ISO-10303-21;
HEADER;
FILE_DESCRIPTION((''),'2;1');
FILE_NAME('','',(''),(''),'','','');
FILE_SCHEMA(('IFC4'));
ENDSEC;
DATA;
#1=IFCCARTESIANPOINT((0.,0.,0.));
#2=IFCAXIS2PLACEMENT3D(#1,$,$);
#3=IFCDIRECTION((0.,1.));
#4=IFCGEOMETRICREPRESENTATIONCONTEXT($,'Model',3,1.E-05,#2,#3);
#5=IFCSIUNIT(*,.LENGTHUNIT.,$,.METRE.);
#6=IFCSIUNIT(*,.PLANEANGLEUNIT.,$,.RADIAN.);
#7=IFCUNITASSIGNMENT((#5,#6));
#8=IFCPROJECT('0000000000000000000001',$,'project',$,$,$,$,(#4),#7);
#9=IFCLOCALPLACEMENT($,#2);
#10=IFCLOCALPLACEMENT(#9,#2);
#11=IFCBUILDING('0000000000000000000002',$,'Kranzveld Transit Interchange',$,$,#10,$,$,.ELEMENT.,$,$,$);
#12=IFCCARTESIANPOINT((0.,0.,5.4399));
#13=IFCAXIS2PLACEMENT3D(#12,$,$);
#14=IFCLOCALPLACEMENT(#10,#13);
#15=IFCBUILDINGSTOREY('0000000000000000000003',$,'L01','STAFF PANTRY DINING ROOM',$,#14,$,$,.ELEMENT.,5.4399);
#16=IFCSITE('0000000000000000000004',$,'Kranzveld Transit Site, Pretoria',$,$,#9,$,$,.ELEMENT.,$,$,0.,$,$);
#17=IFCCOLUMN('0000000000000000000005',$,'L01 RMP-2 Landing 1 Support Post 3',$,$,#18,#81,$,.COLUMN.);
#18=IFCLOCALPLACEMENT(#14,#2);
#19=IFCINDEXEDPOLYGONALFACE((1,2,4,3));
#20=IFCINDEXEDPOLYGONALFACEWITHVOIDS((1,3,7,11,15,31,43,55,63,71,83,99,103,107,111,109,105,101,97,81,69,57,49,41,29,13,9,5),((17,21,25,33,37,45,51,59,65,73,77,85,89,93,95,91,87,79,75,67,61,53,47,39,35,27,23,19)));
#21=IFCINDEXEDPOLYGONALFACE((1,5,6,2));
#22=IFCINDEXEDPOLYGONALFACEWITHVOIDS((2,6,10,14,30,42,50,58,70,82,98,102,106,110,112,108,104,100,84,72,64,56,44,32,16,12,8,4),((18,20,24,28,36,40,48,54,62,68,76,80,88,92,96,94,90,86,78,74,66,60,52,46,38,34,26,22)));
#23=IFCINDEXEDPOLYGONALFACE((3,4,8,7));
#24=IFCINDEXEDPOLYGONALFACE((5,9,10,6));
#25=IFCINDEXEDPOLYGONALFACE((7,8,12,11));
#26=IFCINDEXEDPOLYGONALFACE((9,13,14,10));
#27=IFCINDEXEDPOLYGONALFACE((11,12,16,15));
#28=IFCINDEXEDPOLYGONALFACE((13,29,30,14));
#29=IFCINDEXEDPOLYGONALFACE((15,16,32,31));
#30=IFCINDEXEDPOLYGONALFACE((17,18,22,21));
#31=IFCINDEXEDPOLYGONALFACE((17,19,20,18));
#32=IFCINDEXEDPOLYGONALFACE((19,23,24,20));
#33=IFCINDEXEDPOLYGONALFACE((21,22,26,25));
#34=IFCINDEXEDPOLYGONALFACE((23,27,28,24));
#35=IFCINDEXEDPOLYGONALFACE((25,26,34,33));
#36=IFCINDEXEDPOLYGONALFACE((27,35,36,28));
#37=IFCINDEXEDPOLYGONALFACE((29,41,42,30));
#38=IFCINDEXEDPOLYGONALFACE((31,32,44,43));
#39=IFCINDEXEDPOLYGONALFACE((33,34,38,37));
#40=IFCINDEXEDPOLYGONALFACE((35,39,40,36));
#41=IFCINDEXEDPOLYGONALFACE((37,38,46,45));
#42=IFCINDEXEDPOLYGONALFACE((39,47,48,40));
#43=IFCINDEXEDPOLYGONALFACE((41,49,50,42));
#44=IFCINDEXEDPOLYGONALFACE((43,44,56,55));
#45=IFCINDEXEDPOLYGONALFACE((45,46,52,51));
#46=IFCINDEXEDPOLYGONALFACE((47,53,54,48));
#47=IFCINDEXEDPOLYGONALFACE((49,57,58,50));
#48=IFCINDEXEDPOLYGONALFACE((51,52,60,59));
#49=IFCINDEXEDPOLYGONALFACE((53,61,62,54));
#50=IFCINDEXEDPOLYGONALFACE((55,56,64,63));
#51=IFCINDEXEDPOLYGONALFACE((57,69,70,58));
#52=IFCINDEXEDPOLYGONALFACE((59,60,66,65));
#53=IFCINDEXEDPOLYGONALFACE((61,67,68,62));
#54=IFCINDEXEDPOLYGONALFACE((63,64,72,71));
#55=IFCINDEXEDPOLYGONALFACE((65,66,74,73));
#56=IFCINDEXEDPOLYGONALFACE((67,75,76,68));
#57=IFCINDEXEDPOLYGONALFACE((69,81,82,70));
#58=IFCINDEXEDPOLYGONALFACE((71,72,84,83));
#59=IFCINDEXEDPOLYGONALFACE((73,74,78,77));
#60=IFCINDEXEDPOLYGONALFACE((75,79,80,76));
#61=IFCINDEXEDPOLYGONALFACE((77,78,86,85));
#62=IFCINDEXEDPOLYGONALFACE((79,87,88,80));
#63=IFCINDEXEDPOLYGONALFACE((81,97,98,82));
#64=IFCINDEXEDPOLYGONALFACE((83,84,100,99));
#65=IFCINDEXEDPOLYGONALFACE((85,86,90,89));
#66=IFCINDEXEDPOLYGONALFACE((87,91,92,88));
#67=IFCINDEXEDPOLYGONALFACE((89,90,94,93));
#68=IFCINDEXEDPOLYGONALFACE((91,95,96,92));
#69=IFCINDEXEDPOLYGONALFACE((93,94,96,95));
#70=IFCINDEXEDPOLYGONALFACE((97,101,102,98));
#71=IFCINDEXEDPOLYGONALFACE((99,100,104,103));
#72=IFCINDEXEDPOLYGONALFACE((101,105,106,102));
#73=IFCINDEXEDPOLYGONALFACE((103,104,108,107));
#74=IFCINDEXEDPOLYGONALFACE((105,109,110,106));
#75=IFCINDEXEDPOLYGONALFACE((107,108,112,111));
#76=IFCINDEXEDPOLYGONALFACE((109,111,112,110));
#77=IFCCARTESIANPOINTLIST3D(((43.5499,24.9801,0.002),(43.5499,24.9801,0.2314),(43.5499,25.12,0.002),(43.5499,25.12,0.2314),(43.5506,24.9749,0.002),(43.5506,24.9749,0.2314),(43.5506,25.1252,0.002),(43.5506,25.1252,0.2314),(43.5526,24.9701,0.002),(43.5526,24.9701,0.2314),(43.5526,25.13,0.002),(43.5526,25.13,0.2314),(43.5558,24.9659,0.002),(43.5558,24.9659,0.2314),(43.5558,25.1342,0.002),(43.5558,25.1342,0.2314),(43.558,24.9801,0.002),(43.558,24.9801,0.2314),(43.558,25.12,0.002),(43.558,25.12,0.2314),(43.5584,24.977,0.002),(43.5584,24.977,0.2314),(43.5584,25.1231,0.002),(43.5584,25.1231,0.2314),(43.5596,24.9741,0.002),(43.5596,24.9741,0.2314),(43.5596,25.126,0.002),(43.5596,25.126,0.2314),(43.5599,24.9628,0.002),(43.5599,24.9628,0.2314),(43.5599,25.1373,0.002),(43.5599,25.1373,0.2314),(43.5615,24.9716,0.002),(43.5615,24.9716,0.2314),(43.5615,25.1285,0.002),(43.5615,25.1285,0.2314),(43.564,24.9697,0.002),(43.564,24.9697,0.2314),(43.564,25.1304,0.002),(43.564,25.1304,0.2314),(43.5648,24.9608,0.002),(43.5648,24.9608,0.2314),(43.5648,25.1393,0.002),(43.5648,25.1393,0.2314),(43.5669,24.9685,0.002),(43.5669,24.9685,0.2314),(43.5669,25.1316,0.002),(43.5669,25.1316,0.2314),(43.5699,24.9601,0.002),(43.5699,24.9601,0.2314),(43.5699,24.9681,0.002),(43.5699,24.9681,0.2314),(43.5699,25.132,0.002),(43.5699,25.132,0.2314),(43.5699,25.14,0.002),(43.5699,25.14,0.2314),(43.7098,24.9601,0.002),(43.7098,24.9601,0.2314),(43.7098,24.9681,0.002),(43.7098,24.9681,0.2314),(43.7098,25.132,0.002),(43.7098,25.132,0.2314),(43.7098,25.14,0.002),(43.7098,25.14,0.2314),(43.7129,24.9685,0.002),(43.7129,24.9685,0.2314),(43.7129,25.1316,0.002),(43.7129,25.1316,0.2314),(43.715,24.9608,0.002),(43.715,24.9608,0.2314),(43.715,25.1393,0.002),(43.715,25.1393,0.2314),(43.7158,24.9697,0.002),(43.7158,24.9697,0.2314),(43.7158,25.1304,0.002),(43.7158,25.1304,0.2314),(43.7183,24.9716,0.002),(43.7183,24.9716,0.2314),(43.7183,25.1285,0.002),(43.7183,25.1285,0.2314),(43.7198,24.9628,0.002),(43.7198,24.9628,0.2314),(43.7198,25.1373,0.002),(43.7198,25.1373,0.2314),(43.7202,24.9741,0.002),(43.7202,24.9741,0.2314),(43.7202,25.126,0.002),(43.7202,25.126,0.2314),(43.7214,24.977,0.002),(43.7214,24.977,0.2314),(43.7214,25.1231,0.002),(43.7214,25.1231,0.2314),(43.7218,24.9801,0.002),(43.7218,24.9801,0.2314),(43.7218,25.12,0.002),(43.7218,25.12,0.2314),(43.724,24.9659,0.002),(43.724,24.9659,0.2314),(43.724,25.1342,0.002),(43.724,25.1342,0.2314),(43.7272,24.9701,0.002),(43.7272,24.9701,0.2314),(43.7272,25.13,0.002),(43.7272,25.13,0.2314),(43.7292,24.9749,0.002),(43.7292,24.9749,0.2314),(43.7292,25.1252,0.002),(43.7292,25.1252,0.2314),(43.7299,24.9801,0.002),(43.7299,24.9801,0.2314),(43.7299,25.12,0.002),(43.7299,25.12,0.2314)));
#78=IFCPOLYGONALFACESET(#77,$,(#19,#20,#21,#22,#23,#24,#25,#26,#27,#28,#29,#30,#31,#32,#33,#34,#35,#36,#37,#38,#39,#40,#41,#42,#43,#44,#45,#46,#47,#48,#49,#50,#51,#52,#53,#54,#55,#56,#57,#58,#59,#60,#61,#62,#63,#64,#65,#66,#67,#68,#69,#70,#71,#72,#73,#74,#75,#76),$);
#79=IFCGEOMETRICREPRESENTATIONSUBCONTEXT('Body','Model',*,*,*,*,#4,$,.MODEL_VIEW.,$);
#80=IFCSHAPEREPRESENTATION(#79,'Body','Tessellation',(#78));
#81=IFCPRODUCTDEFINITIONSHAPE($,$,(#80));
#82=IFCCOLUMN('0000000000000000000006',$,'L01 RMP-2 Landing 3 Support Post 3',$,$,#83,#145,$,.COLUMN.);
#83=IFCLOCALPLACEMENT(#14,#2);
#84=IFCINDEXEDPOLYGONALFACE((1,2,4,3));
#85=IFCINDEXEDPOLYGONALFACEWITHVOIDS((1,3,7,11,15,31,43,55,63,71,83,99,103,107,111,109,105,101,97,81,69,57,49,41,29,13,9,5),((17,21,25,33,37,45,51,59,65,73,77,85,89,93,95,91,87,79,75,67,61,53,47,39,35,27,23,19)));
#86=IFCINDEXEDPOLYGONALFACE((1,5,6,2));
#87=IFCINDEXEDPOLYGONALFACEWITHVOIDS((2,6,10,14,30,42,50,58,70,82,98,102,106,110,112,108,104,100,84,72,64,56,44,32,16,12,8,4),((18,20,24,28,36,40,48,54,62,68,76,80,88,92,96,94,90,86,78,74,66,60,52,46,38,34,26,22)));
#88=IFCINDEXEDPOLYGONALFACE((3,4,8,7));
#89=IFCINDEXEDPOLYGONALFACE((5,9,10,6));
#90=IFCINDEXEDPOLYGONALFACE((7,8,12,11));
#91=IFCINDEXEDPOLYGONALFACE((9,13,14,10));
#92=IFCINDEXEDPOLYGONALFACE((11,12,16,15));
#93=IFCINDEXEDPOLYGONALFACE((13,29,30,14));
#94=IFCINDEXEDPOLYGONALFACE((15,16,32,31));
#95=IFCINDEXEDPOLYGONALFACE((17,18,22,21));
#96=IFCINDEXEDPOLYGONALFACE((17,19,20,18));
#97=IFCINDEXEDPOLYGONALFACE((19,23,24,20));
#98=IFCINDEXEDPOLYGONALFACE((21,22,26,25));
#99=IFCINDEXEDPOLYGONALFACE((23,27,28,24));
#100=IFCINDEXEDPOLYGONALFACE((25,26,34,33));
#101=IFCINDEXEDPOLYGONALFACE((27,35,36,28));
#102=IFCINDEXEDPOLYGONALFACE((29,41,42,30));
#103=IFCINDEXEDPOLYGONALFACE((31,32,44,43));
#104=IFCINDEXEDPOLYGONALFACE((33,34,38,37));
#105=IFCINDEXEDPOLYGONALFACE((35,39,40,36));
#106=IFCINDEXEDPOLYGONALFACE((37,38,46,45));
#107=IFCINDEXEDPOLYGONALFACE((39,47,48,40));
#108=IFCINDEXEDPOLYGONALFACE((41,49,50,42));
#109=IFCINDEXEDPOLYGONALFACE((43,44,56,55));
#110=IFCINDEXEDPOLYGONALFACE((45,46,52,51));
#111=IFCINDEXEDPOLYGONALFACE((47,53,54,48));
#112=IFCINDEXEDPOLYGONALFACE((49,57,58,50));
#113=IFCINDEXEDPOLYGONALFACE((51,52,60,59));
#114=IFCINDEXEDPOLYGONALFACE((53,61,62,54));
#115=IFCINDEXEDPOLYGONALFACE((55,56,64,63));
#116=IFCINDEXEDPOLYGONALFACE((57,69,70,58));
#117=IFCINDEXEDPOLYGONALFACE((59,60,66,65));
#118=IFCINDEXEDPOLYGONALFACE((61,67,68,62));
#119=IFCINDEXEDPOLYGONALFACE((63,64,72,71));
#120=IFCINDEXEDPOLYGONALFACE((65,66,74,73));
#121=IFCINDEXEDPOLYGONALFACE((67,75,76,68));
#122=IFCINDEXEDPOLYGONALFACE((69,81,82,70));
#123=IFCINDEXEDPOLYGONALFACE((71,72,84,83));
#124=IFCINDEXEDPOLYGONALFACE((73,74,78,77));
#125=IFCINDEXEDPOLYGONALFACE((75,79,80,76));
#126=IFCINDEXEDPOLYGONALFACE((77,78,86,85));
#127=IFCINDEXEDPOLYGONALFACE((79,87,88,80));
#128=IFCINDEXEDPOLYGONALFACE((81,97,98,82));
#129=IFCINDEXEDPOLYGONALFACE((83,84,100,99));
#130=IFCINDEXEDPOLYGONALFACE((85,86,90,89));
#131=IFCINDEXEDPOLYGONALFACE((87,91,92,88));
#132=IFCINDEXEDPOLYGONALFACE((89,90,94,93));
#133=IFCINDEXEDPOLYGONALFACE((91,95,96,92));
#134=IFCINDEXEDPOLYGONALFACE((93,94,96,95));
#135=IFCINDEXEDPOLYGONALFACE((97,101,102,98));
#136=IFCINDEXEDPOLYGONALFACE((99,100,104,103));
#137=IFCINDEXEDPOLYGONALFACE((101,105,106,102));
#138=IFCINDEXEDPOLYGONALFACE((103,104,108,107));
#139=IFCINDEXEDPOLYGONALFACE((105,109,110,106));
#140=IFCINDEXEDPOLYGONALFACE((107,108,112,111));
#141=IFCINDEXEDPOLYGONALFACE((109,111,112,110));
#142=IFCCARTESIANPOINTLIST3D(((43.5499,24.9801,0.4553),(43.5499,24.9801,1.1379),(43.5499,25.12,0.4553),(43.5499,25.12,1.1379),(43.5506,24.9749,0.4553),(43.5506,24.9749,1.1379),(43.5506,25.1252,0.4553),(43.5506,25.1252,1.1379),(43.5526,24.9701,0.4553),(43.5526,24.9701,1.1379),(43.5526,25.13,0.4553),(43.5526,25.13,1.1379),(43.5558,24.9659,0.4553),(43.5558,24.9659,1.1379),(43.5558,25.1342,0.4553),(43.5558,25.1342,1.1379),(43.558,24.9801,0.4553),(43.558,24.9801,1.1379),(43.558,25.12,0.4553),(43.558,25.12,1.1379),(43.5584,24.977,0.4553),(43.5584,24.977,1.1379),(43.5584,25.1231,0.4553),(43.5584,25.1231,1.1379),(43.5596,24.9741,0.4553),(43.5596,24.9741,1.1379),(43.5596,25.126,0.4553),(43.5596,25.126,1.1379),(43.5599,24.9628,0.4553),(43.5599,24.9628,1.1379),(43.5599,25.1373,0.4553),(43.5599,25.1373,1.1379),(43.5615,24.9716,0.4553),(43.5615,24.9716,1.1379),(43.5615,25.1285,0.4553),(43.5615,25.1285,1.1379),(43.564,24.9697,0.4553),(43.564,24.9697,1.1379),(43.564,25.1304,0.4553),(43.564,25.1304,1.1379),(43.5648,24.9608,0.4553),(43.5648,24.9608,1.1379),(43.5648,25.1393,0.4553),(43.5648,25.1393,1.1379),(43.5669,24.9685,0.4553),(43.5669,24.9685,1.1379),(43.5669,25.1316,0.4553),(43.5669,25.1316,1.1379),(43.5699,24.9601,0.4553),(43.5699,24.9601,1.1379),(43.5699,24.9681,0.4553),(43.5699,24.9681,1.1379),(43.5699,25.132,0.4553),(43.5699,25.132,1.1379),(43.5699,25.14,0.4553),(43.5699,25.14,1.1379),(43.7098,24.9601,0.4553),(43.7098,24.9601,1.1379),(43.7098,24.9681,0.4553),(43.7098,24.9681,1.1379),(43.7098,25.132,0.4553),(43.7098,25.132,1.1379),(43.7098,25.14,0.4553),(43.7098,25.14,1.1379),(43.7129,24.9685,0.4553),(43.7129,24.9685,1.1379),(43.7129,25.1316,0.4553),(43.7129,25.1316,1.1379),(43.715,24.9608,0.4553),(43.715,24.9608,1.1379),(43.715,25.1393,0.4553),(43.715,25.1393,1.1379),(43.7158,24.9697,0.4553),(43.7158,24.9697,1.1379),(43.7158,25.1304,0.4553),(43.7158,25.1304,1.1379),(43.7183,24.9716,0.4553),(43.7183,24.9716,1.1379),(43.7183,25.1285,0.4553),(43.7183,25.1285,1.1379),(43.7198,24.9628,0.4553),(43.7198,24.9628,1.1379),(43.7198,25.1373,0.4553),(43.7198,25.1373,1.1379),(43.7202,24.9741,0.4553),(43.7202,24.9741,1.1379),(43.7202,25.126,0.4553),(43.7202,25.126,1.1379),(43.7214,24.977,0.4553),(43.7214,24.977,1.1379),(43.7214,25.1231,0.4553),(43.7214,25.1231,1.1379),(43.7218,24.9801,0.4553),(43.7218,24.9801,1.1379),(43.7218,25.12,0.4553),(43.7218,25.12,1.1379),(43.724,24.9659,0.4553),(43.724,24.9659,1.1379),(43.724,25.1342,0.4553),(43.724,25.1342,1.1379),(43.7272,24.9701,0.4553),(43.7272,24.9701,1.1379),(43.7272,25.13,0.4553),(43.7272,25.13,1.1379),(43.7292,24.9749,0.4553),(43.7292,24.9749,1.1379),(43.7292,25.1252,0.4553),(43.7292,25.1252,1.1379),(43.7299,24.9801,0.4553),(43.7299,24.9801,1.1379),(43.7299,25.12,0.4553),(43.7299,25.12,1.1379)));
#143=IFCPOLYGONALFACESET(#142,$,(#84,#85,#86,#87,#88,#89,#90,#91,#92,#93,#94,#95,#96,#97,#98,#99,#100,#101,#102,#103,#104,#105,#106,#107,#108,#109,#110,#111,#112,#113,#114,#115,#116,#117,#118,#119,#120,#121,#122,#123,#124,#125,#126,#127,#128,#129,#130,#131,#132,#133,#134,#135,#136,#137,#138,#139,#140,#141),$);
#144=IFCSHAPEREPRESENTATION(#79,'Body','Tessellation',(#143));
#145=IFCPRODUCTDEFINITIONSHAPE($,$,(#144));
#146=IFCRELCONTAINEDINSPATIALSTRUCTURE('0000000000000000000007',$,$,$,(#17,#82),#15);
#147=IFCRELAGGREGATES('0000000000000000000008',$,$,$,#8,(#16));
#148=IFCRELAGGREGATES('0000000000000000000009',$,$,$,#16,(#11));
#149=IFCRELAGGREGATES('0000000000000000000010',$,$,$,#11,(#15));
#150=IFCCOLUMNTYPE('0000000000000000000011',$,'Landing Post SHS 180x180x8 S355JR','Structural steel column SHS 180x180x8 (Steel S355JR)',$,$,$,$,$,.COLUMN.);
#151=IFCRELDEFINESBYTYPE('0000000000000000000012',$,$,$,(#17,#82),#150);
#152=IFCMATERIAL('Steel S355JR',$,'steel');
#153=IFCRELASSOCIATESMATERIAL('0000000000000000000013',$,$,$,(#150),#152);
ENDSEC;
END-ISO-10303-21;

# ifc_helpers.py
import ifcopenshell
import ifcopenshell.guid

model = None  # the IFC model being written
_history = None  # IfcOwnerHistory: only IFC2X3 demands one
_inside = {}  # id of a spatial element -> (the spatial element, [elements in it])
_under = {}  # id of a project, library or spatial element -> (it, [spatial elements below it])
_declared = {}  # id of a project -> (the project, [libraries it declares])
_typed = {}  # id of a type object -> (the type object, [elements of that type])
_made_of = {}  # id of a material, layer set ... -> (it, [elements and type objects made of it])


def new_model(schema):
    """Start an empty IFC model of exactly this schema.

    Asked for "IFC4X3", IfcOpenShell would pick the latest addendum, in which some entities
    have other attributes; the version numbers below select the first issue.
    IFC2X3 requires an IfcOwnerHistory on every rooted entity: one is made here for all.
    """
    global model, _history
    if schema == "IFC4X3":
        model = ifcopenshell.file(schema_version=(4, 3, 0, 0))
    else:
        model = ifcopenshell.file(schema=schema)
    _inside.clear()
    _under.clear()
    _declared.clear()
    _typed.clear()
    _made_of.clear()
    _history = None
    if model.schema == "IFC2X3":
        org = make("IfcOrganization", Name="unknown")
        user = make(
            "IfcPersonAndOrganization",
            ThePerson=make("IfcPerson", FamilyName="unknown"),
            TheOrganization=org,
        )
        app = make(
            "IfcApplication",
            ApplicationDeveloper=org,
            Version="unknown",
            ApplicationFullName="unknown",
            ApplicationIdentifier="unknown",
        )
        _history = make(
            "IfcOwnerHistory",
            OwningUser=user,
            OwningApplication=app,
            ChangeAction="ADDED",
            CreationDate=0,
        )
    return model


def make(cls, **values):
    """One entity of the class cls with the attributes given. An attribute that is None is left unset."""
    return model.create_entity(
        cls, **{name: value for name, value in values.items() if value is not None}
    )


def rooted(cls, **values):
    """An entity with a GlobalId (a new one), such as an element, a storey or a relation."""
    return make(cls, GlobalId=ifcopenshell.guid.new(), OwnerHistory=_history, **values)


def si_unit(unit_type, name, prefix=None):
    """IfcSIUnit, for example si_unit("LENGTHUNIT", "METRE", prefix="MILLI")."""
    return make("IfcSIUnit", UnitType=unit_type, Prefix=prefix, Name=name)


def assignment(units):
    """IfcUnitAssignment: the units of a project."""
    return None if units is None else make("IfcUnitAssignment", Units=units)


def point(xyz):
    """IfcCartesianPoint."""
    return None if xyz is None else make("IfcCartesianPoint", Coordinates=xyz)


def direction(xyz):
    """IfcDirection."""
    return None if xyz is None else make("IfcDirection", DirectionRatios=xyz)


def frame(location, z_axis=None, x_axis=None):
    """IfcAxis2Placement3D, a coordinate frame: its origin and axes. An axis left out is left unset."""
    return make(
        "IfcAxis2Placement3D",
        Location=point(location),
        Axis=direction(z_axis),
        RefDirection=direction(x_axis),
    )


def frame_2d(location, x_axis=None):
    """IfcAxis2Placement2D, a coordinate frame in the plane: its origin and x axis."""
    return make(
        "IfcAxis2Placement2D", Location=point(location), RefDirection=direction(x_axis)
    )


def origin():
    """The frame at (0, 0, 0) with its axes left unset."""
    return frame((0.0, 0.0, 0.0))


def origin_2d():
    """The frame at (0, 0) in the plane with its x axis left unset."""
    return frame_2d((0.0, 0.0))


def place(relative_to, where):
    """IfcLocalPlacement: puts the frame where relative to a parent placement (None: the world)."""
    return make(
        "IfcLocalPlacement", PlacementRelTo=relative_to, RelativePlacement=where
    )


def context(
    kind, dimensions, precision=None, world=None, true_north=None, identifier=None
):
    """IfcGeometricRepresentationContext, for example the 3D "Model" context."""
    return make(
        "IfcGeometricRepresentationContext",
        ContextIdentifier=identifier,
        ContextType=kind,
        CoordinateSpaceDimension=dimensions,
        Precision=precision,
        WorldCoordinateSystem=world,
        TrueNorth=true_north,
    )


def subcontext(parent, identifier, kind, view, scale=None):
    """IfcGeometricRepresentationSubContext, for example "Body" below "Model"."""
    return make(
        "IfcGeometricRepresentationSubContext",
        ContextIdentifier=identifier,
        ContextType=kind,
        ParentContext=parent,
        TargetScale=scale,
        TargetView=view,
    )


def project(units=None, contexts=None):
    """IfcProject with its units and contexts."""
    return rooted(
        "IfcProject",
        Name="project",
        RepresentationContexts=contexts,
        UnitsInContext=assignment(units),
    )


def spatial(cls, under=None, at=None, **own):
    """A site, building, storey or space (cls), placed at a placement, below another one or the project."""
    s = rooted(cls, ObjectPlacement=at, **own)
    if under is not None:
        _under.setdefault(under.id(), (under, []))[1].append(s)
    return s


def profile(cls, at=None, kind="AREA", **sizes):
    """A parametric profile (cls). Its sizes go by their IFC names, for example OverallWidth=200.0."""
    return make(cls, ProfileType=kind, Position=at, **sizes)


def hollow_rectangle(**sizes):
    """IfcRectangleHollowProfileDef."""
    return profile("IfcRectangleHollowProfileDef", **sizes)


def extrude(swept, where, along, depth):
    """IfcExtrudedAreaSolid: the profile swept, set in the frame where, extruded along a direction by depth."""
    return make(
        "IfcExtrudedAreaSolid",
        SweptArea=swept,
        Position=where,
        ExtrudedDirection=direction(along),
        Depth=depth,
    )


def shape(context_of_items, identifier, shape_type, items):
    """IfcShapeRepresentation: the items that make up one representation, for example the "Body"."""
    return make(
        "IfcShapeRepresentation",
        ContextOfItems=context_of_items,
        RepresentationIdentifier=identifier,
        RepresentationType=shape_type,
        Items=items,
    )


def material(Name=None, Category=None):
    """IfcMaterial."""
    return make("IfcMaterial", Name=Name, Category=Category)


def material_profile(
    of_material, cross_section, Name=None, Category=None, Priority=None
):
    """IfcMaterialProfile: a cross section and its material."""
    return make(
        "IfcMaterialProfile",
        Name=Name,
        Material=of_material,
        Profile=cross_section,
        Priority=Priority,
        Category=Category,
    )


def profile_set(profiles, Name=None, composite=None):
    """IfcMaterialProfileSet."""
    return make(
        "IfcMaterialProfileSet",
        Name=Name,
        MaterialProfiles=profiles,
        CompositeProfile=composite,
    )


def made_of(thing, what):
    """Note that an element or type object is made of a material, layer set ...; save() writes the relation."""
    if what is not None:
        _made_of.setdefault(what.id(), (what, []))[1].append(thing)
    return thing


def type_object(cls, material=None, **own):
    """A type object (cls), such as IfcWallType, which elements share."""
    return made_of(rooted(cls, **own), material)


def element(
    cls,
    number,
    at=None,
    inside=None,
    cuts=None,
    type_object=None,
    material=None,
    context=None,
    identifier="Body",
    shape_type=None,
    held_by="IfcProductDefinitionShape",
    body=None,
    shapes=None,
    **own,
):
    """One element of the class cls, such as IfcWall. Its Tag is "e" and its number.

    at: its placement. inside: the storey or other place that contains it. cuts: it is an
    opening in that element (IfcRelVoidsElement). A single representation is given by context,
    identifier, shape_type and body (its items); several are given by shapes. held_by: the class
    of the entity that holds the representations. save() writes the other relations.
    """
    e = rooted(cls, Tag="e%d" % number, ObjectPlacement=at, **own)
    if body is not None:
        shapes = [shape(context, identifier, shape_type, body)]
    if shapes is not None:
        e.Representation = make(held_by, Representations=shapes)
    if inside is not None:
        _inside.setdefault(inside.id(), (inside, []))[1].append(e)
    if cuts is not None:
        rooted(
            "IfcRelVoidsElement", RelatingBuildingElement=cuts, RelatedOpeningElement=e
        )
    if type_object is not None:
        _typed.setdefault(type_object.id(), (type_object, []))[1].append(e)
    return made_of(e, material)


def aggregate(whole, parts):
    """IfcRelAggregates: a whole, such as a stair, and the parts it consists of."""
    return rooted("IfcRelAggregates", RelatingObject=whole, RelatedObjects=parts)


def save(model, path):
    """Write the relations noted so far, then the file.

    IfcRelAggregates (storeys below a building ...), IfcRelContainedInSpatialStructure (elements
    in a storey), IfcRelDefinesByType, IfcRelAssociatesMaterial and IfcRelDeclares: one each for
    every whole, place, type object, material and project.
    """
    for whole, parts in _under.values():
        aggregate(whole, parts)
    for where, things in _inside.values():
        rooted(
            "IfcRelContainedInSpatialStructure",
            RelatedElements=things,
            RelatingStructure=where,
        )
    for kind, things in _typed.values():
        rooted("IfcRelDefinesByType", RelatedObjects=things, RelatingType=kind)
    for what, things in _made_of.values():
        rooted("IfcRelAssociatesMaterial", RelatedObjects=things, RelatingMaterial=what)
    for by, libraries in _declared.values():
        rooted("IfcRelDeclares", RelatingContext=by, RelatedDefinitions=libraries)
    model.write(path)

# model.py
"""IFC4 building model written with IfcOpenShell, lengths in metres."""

from ifc_helpers import new_model, si_unit, direction, frame, origin, origin_2d, place, context, subcontext, project, spatial, hollow_rectangle, extrude, material, material_profile, profile_set, type_object, element, save


model = new_model("IFC4")

# Units and contexts
model_context = context("Model", 3, precision=1e-05, world=origin(), true_north=direction((0.0, 1.0)))
body_context = subcontext(model_context, "Body", "Model", "MODEL_VIEW")
ifc_project = project(units=[si_unit("LENGTHUNIT", "METRE"), si_unit("PLANEANGLEUNIT", "RADIAN")], contexts=[model_context])

# Site, building, storey
site_placement = place(None, origin())
site = spatial("IfcSite", under=ifc_project, at=site_placement, Name="Kranzveld Transit Site, Pretoria", CompositionType="ELEMENT", RefElevation=0.0)
building_placement = place(site_placement, origin())
building = spatial("IfcBuilding", under=site, at=building_placement, Name="Kranzveld Transit Interchange", CompositionType="ELEMENT")
storey_placement = place(building_placement, frame((0.0, 0.0, 5.4399)))
storey = spatial("IfcBuildingStorey", under=building, at=storey_placement, Name="L01", Description="STAFF PANTRY DINING ROOM", CompositionType="ELEMENT", Elevation=5.4399)

# Columns
ifc_material_1 = material(Name="Steel S355JR", Category="steel")
ifc_material_profile_1 = material_profile(ifc_material_1, hollow_rectangle(XDim=0.1799, YDim=0.1799, WallThickness=0.0081, InnerFilletRadius=0.012, OuterFilletRadius=0.02, at=origin_2d()), Name="SHS 180x180x8")
ifc_profile_set_1 = profile_set([ifc_material_profile_1], Name="Steel S355JR")
column_type = type_object("IfcColumnType", Name="Landing Post SHS 180x180x8 S355JR", Description="Structural steel column SHS 180x180x8 (Steel S355JR)", PredefinedType="COLUMN", material=ifc_profile_set_1)
column_1_placement = place(storey_placement, frame((43.6399, 25.05, 0.002), z_axis=(0.0, 0.0, 1.0), x_axis=(1.0, 0.0, 0.0)))
element("IfcColumn", 1, at=column_1_placement, inside=storey, type_object=column_type, Name="L01 RMP-2 Landing 1 Support Post 3", PredefinedType="COLUMN", context=body_context, shape_type="SweptSolid", body=[
    extrude(hollow_rectangle(XDim=0.1799, YDim=0.1799, WallThickness=0.0081, InnerFilletRadius=0.012, OuterFilletRadius=0.02, at=origin_2d()), origin(), (0.0, 0.0, 1.0), 0.2295),
])
for number, where, z_axis, x_axis, name in (
    (2, (43.6399, 25.05, 0.4553), (0.0, 0.0, 1.0), (1.0, 0.0, 0.0), "L01 RMP-2 Landing 3 Support Post 3"),
):
    element("IfcColumn", number, at=place(storey_placement, frame(where, z_axis=z_axis, x_axis=x_axis)), inside=storey, type_object=column_type, Name=name, PredefinedType="COLUMN", context=body_context, shape_type="SweptSolid", body=[
        extrude(hollow_rectangle(XDim=0.1799, YDim=0.1799, WallThickness=0.0081, InnerFilletRadius=0.012, OuterFilletRadius=0.02, at=origin_2d()), origin(), (0.0, 0.0, 1.0), 0.6826),
    ])

save(model, "model.ifc")
